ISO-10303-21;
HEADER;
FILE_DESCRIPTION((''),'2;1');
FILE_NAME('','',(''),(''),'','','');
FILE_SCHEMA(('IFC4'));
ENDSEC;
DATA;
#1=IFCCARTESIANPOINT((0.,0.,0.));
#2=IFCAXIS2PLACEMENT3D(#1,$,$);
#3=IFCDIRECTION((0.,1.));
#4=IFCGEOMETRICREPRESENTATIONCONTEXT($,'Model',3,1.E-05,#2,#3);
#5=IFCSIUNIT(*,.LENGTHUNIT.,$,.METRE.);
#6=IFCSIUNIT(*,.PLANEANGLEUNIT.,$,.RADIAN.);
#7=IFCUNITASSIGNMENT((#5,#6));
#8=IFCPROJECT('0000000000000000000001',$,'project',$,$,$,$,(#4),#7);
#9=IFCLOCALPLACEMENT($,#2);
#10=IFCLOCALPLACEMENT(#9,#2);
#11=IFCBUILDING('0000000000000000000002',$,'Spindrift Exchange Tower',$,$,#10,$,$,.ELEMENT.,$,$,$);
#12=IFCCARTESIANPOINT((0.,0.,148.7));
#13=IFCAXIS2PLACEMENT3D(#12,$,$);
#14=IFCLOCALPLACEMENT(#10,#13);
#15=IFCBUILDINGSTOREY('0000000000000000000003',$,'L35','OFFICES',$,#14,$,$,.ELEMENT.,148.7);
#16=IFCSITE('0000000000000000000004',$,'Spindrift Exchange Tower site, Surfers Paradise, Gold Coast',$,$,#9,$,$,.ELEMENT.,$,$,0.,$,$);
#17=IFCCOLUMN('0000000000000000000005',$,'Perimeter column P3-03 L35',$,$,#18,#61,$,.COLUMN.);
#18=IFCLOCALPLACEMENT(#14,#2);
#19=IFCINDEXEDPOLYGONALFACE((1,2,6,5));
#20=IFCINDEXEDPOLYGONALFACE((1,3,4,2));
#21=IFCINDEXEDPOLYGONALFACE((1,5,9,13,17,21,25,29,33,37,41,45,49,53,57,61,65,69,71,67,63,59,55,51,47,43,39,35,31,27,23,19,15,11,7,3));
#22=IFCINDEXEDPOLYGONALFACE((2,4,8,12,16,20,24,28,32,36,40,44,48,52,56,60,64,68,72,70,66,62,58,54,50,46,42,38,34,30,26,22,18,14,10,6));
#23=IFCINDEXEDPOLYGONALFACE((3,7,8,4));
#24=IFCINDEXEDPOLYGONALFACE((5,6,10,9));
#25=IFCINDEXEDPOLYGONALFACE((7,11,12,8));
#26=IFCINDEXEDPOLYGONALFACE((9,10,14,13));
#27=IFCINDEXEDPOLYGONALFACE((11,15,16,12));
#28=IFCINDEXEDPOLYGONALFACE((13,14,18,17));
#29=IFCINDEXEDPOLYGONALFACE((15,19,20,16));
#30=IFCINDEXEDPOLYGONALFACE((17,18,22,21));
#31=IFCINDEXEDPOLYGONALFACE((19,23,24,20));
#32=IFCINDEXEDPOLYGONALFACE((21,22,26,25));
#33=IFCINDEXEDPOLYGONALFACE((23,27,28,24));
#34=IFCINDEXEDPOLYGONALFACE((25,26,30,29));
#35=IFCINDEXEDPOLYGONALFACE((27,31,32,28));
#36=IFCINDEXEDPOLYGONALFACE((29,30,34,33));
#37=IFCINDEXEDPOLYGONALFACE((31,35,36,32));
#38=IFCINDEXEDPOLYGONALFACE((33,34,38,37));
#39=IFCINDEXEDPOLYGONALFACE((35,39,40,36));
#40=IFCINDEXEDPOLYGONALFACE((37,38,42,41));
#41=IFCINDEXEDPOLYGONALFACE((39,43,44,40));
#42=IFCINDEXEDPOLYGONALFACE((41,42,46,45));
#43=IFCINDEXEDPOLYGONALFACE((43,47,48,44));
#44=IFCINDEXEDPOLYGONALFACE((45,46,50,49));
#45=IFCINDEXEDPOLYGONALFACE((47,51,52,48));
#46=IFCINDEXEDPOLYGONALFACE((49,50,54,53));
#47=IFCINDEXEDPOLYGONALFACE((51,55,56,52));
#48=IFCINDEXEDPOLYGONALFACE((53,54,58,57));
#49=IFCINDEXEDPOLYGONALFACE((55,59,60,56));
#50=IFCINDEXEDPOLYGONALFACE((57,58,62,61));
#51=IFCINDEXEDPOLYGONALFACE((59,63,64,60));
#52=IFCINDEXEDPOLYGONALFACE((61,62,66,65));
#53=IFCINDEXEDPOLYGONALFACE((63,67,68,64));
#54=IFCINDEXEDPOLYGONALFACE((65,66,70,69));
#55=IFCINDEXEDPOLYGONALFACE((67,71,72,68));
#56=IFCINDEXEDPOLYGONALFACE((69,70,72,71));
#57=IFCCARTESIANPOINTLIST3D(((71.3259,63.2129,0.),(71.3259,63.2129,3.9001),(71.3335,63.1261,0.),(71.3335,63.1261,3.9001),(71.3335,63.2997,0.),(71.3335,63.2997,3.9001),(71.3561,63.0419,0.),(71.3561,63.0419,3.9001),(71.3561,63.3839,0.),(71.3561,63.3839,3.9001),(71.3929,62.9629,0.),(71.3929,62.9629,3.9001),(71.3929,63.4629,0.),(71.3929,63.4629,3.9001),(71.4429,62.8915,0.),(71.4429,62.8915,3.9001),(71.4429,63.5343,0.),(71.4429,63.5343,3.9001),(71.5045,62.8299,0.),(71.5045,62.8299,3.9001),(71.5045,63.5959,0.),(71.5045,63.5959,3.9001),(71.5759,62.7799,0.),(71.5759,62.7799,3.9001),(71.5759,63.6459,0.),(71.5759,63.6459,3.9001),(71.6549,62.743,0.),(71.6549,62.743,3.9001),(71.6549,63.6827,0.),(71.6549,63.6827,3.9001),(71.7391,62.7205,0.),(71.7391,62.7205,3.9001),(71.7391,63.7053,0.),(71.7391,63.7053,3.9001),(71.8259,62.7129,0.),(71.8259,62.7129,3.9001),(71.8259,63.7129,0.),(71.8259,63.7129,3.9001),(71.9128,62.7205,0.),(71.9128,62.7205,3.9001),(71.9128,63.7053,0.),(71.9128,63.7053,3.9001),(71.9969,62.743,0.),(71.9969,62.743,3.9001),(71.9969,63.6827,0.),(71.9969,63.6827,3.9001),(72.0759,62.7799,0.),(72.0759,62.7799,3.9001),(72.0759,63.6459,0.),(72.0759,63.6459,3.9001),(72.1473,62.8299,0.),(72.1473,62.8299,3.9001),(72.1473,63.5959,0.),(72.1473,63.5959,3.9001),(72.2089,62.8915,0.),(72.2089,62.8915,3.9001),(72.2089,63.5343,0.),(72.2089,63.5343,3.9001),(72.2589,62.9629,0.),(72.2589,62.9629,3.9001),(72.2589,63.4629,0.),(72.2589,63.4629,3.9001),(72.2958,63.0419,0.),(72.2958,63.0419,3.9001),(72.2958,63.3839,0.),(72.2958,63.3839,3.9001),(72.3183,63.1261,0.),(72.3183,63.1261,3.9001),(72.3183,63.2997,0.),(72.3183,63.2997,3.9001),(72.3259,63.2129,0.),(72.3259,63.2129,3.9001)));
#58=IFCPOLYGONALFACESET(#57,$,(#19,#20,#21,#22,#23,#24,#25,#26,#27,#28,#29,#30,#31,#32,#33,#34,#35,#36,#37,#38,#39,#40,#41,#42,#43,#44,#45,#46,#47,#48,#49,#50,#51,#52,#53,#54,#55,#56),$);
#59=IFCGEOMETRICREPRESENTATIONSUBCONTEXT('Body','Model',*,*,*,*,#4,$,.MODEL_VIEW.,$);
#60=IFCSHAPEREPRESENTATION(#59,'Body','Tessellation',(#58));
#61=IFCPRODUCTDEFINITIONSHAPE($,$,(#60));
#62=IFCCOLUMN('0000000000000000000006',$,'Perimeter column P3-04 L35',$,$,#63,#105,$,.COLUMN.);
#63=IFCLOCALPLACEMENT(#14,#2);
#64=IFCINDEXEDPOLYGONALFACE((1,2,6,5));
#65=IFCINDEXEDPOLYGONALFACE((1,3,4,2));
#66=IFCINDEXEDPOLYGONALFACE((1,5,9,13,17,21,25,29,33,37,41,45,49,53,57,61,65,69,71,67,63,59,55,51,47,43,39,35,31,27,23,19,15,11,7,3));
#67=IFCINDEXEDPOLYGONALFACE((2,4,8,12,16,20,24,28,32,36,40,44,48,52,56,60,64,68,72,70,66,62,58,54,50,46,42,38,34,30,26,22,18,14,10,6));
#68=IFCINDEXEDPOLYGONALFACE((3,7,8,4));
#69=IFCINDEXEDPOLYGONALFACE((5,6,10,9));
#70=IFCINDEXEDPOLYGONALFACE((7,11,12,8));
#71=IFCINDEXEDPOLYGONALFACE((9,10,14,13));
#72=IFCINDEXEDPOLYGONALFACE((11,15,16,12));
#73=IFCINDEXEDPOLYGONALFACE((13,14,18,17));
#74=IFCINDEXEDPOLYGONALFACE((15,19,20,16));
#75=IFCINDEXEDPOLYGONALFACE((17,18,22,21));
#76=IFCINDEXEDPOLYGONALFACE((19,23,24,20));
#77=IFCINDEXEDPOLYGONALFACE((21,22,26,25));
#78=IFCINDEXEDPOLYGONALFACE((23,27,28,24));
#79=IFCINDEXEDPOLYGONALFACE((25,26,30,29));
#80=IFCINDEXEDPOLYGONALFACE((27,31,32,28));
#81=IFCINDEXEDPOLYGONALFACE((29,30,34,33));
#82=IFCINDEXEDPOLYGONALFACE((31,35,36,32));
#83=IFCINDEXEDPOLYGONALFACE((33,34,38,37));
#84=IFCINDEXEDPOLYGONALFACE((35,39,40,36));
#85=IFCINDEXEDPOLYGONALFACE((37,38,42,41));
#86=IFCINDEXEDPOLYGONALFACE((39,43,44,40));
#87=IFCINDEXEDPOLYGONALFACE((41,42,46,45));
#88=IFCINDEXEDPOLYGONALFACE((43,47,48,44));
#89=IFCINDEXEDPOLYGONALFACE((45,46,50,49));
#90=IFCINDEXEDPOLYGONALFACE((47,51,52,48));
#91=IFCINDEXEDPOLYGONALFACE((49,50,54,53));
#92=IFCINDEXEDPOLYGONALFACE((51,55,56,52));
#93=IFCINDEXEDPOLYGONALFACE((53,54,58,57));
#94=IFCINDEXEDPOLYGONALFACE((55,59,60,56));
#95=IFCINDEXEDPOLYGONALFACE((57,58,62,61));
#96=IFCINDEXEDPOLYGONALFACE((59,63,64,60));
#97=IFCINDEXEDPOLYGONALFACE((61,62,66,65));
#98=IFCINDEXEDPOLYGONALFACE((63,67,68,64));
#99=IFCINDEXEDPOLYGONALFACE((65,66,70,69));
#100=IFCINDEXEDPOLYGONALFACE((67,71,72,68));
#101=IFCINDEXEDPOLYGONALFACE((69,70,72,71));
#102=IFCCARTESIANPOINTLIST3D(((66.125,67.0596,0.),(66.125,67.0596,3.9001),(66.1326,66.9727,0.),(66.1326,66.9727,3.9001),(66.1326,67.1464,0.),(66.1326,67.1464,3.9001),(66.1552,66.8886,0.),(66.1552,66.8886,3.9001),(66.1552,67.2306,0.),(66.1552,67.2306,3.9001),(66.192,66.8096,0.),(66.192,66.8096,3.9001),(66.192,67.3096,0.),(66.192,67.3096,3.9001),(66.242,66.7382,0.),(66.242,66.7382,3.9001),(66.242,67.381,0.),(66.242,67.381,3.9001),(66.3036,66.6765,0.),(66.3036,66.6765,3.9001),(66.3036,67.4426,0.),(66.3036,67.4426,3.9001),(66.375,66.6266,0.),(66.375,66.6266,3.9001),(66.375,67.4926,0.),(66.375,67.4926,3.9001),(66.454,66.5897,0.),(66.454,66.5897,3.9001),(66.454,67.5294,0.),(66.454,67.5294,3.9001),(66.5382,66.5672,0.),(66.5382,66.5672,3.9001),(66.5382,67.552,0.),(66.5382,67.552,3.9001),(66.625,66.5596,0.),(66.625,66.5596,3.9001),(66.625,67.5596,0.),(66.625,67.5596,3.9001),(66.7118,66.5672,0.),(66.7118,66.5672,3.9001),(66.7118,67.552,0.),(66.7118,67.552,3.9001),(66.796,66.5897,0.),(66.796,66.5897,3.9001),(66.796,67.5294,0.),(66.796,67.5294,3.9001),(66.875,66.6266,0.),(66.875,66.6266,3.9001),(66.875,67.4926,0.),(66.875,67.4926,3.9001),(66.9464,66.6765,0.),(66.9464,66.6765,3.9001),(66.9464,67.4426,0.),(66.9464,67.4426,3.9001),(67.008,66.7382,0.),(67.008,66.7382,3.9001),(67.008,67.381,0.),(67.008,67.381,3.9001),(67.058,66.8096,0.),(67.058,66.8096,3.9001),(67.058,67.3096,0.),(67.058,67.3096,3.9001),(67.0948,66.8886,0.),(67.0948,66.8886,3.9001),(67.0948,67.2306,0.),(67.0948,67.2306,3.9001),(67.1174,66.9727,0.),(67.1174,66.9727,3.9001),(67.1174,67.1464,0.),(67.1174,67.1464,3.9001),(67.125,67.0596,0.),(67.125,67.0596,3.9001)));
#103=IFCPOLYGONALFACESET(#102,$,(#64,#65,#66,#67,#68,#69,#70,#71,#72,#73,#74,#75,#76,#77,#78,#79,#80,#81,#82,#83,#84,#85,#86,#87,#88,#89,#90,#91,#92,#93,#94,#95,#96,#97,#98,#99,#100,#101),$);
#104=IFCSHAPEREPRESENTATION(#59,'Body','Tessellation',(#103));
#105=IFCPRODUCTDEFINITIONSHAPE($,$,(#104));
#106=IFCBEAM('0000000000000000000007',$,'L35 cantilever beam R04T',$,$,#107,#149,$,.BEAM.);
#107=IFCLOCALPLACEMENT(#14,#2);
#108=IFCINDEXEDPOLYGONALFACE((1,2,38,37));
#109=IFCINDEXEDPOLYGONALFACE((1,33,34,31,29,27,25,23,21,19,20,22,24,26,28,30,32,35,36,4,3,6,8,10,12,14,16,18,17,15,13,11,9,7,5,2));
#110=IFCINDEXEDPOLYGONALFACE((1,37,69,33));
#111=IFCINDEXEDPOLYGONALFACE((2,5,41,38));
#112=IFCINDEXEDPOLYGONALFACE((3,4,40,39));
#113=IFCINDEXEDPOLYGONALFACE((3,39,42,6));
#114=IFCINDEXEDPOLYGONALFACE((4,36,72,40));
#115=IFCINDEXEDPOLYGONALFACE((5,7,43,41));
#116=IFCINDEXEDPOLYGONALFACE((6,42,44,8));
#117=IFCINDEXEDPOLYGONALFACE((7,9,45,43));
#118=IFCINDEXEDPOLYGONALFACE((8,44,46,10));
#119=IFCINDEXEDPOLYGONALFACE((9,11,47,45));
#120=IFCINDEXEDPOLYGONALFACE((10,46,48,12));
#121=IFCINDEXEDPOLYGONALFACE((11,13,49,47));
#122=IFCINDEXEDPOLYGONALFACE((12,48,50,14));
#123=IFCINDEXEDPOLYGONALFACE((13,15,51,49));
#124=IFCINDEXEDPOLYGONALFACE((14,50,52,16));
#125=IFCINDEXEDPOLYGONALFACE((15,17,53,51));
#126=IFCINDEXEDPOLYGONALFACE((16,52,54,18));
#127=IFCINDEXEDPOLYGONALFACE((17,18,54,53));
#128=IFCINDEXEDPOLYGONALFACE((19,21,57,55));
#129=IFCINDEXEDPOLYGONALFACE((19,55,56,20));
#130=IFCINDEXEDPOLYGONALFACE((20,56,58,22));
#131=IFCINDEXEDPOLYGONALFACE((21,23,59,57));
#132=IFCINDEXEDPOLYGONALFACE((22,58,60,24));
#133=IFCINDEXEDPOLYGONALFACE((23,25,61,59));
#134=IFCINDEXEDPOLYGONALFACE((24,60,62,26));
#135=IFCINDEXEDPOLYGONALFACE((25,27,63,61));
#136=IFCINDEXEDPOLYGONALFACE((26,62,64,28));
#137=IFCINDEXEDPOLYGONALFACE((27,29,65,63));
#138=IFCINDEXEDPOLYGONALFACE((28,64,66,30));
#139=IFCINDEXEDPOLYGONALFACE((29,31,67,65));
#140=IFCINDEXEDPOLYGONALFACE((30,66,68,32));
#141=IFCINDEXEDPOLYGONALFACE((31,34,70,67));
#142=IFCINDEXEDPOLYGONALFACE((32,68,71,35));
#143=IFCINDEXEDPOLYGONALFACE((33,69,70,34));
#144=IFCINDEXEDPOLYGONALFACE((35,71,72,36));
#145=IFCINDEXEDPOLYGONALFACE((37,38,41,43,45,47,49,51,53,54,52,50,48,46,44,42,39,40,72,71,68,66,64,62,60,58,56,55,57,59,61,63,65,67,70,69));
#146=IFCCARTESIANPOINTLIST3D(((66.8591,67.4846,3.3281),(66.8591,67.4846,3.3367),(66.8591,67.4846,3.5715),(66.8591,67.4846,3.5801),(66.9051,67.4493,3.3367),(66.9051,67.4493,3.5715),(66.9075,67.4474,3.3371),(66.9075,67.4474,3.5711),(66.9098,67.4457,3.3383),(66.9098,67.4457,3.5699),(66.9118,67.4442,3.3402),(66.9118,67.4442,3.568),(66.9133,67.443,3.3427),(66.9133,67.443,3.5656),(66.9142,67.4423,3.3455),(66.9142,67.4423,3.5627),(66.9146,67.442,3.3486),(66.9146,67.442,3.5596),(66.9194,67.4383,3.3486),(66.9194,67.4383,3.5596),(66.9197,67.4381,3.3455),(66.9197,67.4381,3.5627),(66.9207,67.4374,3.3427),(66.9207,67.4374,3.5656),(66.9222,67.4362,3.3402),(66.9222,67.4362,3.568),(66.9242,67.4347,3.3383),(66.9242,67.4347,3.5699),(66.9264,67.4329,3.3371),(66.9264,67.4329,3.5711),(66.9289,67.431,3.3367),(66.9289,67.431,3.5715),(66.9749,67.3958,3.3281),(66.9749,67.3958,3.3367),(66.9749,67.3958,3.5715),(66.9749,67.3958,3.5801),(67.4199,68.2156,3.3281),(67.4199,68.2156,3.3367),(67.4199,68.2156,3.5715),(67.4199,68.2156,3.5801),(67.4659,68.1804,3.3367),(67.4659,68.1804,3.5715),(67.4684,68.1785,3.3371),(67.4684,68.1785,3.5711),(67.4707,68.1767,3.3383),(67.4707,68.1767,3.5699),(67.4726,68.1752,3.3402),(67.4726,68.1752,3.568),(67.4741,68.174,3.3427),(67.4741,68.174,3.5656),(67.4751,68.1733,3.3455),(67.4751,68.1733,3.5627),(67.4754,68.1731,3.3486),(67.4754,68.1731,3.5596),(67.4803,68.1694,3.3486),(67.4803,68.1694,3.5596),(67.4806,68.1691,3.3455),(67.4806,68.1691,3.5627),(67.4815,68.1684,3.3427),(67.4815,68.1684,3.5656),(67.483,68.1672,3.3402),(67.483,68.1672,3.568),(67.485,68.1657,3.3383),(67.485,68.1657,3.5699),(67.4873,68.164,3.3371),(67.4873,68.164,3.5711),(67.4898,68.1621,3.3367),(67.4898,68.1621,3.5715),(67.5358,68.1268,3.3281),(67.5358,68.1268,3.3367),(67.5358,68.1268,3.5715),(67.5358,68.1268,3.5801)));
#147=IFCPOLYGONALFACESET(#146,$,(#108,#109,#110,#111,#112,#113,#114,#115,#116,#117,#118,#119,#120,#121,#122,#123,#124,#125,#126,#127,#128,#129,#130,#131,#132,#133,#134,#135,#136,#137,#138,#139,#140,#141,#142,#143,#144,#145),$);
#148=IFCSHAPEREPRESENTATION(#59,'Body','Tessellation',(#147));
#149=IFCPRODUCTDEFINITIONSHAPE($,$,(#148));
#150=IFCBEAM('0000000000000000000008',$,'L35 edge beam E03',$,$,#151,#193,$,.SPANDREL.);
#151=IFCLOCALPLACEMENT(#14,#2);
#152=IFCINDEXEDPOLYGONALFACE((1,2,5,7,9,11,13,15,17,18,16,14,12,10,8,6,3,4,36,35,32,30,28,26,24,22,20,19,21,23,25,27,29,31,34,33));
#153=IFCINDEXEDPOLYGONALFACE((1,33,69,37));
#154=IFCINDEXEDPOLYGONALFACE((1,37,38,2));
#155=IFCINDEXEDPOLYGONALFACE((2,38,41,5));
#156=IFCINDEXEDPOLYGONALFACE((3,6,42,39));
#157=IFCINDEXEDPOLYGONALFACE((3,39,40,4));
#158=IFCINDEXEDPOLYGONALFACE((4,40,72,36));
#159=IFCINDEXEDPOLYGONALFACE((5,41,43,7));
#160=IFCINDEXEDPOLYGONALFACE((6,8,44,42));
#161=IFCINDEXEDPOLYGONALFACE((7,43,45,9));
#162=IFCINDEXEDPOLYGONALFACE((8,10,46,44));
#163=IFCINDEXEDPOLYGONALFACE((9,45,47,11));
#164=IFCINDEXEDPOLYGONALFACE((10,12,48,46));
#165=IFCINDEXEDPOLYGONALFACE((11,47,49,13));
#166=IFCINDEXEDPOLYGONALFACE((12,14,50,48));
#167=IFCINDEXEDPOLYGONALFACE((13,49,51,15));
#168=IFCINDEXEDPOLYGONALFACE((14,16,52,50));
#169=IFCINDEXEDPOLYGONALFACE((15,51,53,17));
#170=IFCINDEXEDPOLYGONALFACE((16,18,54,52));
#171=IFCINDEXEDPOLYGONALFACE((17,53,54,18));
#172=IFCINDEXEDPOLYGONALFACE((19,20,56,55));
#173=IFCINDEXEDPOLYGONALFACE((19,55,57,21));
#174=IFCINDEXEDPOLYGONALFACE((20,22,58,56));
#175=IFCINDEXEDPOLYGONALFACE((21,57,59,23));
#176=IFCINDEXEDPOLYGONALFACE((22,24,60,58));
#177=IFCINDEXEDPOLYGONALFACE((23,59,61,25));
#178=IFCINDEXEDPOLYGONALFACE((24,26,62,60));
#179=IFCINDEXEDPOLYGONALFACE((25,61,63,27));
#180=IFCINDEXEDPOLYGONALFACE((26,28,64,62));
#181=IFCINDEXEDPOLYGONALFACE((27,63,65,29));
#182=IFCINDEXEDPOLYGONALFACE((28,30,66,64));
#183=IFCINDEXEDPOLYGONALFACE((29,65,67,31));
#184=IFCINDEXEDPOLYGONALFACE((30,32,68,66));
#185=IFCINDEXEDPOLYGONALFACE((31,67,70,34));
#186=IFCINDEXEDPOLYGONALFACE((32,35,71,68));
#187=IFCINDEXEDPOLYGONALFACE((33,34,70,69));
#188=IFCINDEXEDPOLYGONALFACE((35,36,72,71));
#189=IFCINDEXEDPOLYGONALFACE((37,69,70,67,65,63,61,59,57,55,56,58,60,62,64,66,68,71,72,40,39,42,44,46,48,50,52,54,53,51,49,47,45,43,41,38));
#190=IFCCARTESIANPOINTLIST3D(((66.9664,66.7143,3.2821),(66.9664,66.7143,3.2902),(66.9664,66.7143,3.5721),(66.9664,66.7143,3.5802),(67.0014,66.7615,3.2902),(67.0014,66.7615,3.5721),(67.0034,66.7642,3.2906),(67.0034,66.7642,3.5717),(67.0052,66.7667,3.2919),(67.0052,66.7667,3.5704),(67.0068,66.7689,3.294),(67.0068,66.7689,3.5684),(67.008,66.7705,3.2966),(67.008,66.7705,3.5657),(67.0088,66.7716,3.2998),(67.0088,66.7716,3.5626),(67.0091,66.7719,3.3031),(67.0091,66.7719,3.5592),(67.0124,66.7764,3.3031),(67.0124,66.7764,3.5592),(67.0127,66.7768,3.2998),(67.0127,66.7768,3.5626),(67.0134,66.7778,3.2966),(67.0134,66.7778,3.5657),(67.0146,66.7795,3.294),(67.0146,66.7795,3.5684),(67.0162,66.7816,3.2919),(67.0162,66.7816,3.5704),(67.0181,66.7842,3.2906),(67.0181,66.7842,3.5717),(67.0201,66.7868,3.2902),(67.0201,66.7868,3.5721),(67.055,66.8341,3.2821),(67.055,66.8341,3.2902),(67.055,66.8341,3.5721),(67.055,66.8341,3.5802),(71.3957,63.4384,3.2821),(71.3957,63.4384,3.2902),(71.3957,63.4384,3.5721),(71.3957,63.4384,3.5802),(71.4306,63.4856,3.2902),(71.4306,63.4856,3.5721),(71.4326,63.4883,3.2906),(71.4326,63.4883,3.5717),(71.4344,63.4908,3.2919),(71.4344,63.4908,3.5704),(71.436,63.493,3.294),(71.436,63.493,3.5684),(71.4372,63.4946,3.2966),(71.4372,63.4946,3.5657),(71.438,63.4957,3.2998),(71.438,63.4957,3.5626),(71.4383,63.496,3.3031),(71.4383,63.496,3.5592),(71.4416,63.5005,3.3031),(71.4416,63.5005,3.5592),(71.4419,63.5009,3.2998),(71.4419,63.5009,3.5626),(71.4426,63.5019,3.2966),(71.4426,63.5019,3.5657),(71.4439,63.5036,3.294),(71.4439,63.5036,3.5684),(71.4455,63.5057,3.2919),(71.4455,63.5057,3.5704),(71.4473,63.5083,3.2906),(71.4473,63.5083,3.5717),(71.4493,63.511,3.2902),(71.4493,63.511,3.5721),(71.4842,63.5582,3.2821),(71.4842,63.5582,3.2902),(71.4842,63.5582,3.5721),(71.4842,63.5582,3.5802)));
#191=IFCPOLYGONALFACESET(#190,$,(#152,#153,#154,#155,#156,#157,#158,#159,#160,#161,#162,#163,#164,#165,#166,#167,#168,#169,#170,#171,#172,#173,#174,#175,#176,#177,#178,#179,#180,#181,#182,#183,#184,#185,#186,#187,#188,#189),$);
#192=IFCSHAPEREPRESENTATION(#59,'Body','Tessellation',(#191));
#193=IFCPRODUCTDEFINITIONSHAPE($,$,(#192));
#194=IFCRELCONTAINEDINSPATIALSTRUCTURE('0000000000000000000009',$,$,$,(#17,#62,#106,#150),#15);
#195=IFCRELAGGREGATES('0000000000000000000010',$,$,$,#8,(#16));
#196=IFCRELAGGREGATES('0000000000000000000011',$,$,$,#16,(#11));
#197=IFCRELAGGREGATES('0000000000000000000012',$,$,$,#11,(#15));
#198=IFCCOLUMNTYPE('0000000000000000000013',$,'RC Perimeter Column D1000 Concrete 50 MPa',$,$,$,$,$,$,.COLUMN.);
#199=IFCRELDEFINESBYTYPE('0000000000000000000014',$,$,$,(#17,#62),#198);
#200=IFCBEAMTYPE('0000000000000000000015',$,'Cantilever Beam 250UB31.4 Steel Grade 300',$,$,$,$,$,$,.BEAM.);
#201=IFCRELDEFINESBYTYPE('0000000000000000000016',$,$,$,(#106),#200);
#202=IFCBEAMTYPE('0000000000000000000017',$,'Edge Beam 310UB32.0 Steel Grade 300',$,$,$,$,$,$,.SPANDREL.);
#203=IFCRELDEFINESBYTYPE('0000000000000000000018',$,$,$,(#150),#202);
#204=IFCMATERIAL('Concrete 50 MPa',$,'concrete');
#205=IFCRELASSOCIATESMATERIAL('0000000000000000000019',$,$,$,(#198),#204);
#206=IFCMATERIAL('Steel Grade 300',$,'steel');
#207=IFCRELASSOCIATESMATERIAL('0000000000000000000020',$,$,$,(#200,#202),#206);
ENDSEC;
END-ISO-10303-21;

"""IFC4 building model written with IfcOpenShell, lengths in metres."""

from ifc_helpers import new_model, si_unit, direction, frame, origin, origin_2d, place, context, subcontext, project, spatial, circle, i_section, extrude, source, transform, mapped, material, material_profile, profile_set, type_object, element, save


model = new_model("IFC4")

# Units and contexts
model_context = context("Model", 3, precision=1e-05, world=origin(), true_north=direction((0.0, 1.0)))
body_context = subcontext(model_context, "Body", "Model", "MODEL_VIEW")
ifc_project = project(units=[si_unit("LENGTHUNIT", "METRE"), si_unit("PLANEANGLEUNIT", "RADIAN")], contexts=[model_context])

# Site, building, storey
site_placement = place(None, origin())
site = spatial("IfcSite", under=ifc_project, at=site_placement, Name="Spindrift Exchange Tower site, Surfers Paradise, Gold Coast", CompositionType="ELEMENT", RefElevation=0.0)
building_placement = place(site_placement, origin())
building = spatial("IfcBuilding", under=site, at=building_placement, Name="Spindrift Exchange Tower", CompositionType="ELEMENT")
storey_placement = place(building_placement, frame((0.0, 0.0, 148.7)))
storey = spatial("IfcBuildingStorey", under=building, at=storey_placement, Name="L35", Description="OFFICES", CompositionType="ELEMENT", Elevation=148.7)

# Columns
ifc_material_1 = material(Name="Concrete 50 MPa", Category="concrete")
ifc_material_profile_1 = material_profile(ifc_material_1, circle(Radius=0.5, at=origin_2d()), Name="RC D1000")
ifc_profile_set_1 = profile_set([ifc_material_profile_1], Name="Concrete 50 MPa")
column_type = type_object("IfcColumnType", Name="RC Perimeter Column D1000 Concrete 50 MPa", PredefinedType="COLUMN", material=ifc_profile_set_1)
shared_shape_1 = source(origin(), body_context, "Body", "SweptSolid", [
    extrude(circle(Radius=0.5, at=origin_2d()), origin(), (0.0, 0.0, 1.0), 3.9001),
])
for number, where, z_axis, x_axis, name in (
    (1, (71.8259, 63.2129, 0.0), (0.0, 0.0, 1.0), (1.0, 0.0, 0.0), "Perimeter column P3-03 L35"),
    (2, (66.625, 67.0596, 0.0), (0.0, 0.0, 1.0), (1.0, 0.0, 0.0), "Perimeter column P3-04 L35"),
):
    element("IfcColumn", number, at=place(storey_placement, frame(where, z_axis=z_axis, x_axis=x_axis)), inside=storey, type_object=column_type, Name=name, PredefinedType="COLUMN", context=body_context, shape_type="MappedRepresentation", body=[
        mapped(shared_shape_1, transform((0.0, 0.0, 0.0), scale=1.0)),
    ])

# Beams
ifc_material_2 = material(Name="Steel Grade 300", Category="steel")
ifc_material_profile_2 = material_profile(ifc_material_2, i_section(OverallWidth=0.146, OverallDepth=0.252, WebThickness=0.0061, FlangeThickness=0.0085, FilletRadius=0.012, at=origin_2d()), Name="250UB31.4")
ifc_profile_set_2 = profile_set([ifc_material_profile_2], Name="Steel Grade 300")
beam_type_1 = type_object("IfcBeamType", Name="Cantilever Beam 250UB31.4 Steel Grade 300", PredefinedType="BEAM", material=ifc_profile_set_2)
shared_shape_2 = source(origin(), body_context, "Body", "SweptSolid", [
    extrude(i_section(OverallWidth=0.146, OverallDepth=0.252, WebThickness=0.0061, FlangeThickness=0.0085, FilletRadius=0.012, at=origin_2d()), origin(), (0.0, 0.0, 1.0), 0.9214),
])
beam_1_placement = place(storey_placement, frame((66.917, 67.4402, 3.4541), z_axis=(0.608699, 0.793402, 0.0), x_axis=(-0.793402, 0.608699, 0.0)))
element("IfcBeam", 3, at=beam_1_placement, inside=storey, type_object=beam_type_1, Name="L35 cantilever beam R04T", PredefinedType="BEAM", context=body_context, shape_type="MappedRepresentation", body=[
    mapped(shared_shape_2, transform((0.0, 0.0, 0.0), scale=1.0)),
])
ifc_material_profile_3 = material_profile(ifc_material_2, i_section(OverallWidth=0.1489, OverallDepth=0.2981, WebThickness=0.0056, FlangeThickness=0.0081, FilletRadius=0.0129, at=origin_2d()), Name="310UB32.0")
ifc_profile_set_3 = profile_set([ifc_material_profile_3], Name="Steel Grade 300")
beam_type_2 = type_object("IfcBeamType", Name="Edge Beam 310UB32.0 Steel Grade 300", PredefinedType="SPANDREL", material=ifc_profile_set_3)
shared_shape_3 = source(origin(), body_context, "Body", "SweptSolid", [
    extrude(i_section(OverallWidth=0.1489, OverallDepth=0.2981, WebThickness=0.0056, FlangeThickness=0.0081, FilletRadius=0.0129, at=origin_2d()), origin(), (0.0, 0.0, 1.0), 5.509),
])
beam_2_placement = place(storey_placement, frame((71.4399, 63.4983, 3.4312), z_axis=(-0.803992, 0.59464, 0.0), x_axis=(-0.59464, -0.803992, 0.0)))
element("IfcBeam", 4, at=beam_2_placement, inside=storey, type_object=beam_type_2, Name="L35 edge beam E03", PredefinedType="SPANDREL", context=body_context, shape_type="MappedRepresentation", body=[
    mapped(shared_shape_3, transform((0.0, 0.0, 0.0), scale=1.0)),
])

save(model, "model.ifc")
